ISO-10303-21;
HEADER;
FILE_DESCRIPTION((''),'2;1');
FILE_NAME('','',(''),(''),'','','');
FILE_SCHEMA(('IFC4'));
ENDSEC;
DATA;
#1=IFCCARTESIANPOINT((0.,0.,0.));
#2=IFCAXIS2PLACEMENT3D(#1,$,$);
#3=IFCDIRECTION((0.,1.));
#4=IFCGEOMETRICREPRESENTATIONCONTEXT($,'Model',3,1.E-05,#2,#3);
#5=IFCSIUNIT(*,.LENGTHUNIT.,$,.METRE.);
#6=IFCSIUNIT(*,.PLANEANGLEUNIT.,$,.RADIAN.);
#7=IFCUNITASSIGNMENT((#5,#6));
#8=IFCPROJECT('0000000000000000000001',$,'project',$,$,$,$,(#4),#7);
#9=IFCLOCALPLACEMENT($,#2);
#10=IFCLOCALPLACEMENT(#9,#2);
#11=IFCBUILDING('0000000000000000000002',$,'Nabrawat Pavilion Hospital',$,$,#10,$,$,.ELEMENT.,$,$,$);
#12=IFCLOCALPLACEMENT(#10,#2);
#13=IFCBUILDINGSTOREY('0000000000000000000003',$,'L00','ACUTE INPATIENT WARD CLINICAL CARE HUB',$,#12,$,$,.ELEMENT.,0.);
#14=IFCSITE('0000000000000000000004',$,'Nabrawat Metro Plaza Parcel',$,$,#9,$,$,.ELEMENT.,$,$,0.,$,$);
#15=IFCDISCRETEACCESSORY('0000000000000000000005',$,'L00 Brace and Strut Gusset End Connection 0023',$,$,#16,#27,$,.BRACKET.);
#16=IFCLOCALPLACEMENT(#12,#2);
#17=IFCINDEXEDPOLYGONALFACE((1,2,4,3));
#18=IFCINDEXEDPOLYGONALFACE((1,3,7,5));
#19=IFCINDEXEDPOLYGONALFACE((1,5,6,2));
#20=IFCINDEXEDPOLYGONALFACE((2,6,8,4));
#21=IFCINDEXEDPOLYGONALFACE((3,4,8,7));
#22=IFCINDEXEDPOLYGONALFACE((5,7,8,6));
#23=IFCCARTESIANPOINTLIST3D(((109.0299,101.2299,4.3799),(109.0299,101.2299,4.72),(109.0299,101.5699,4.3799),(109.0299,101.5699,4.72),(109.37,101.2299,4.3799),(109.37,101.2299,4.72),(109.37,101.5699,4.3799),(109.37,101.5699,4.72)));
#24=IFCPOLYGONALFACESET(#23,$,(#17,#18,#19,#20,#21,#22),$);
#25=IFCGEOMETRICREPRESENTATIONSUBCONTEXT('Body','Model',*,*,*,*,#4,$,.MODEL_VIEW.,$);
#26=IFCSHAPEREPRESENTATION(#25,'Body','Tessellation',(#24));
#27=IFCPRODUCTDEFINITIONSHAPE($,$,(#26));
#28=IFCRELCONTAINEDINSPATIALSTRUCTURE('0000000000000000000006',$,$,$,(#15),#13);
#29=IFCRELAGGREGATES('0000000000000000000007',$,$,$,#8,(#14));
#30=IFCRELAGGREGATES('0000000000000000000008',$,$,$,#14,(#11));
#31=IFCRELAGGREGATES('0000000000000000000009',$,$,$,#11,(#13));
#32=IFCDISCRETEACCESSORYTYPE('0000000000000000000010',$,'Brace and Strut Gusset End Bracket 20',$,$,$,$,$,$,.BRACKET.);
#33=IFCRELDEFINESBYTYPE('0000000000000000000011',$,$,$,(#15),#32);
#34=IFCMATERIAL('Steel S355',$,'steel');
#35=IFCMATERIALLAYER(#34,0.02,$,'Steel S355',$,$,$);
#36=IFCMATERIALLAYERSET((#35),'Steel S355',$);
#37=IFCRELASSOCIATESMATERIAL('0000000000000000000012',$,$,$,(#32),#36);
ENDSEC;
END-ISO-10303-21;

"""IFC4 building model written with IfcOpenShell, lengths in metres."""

from ifc_helpers import new_model, si_unit, direction, frame, origin, origin_2d, place, context, subcontext, project, spatial, rectangle, extrude, material, layer, layer_set, type_object, element, save


model = new_model("IFC4")

# Units and contexts
model_context = context("Model", 3, precision=1e-05, world=origin(), true_north=direction((0.0, 1.0)))
body_context = subcontext(model_context, "Body", "Model", "MODEL_VIEW")
ifc_project = project(units=[si_unit("LENGTHUNIT", "METRE"), si_unit("PLANEANGLEUNIT", "RADIAN")], contexts=[model_context])

# Site, building, storey
site_placement = place(None, origin())
site = spatial("IfcSite", under=ifc_project, at=site_placement, Name="Nabrawat Metro Plaza Parcel", CompositionType="ELEMENT", RefElevation=0.0)
building_placement = place(site_placement, origin())
building = spatial("IfcBuilding", under=site, at=building_placement, Name="Nabrawat Pavilion Hospital", CompositionType="ELEMENT")
storey_placement = place(building_placement, origin())
storey = spatial("IfcBuildingStorey", under=building, at=storey_placement, Name="L00", Description="ACUTE INPATIENT WARD CLINICAL CARE HUB", CompositionType="ELEMENT", Elevation=0.0)

# Shared definitions
ifc_material_1 = material(Name="Steel S355", Category="steel")

# Discrete accessory
ifc_layer_1 = layer(ifc_material_1, 0.02, Name="Steel S355")
ifc_layer_set_1 = layer_set([ifc_layer_1], Name="Steel S355")
discrete_accessory_type = type_object("IfcDiscreteAccessoryType", Name="Brace and Strut Gusset End Bracket 20", PredefinedType="BRACKET", material=ifc_layer_set_1)
discrete_accessory_placement = place(storey_placement, frame((109.2, 101.3999, 4.3799), z_axis=(0.0, 0.0, 1.0), x_axis=(1.0, 0.0, 0.0)))
element("IfcDiscreteAccessory", 1, at=discrete_accessory_placement, inside=storey, type_object=discrete_accessory_type, Name="L00 Brace and Strut Gusset End Connection 0023", PredefinedType="BRACKET", context=body_context, shape_type="SweptSolid", body=[
    extrude(rectangle(XDim=0.3401, YDim=0.3401, at=origin_2d()), origin(), (0.0, 0.0, 1.0), 0.3401),
])

save(model, "model.ifc")
